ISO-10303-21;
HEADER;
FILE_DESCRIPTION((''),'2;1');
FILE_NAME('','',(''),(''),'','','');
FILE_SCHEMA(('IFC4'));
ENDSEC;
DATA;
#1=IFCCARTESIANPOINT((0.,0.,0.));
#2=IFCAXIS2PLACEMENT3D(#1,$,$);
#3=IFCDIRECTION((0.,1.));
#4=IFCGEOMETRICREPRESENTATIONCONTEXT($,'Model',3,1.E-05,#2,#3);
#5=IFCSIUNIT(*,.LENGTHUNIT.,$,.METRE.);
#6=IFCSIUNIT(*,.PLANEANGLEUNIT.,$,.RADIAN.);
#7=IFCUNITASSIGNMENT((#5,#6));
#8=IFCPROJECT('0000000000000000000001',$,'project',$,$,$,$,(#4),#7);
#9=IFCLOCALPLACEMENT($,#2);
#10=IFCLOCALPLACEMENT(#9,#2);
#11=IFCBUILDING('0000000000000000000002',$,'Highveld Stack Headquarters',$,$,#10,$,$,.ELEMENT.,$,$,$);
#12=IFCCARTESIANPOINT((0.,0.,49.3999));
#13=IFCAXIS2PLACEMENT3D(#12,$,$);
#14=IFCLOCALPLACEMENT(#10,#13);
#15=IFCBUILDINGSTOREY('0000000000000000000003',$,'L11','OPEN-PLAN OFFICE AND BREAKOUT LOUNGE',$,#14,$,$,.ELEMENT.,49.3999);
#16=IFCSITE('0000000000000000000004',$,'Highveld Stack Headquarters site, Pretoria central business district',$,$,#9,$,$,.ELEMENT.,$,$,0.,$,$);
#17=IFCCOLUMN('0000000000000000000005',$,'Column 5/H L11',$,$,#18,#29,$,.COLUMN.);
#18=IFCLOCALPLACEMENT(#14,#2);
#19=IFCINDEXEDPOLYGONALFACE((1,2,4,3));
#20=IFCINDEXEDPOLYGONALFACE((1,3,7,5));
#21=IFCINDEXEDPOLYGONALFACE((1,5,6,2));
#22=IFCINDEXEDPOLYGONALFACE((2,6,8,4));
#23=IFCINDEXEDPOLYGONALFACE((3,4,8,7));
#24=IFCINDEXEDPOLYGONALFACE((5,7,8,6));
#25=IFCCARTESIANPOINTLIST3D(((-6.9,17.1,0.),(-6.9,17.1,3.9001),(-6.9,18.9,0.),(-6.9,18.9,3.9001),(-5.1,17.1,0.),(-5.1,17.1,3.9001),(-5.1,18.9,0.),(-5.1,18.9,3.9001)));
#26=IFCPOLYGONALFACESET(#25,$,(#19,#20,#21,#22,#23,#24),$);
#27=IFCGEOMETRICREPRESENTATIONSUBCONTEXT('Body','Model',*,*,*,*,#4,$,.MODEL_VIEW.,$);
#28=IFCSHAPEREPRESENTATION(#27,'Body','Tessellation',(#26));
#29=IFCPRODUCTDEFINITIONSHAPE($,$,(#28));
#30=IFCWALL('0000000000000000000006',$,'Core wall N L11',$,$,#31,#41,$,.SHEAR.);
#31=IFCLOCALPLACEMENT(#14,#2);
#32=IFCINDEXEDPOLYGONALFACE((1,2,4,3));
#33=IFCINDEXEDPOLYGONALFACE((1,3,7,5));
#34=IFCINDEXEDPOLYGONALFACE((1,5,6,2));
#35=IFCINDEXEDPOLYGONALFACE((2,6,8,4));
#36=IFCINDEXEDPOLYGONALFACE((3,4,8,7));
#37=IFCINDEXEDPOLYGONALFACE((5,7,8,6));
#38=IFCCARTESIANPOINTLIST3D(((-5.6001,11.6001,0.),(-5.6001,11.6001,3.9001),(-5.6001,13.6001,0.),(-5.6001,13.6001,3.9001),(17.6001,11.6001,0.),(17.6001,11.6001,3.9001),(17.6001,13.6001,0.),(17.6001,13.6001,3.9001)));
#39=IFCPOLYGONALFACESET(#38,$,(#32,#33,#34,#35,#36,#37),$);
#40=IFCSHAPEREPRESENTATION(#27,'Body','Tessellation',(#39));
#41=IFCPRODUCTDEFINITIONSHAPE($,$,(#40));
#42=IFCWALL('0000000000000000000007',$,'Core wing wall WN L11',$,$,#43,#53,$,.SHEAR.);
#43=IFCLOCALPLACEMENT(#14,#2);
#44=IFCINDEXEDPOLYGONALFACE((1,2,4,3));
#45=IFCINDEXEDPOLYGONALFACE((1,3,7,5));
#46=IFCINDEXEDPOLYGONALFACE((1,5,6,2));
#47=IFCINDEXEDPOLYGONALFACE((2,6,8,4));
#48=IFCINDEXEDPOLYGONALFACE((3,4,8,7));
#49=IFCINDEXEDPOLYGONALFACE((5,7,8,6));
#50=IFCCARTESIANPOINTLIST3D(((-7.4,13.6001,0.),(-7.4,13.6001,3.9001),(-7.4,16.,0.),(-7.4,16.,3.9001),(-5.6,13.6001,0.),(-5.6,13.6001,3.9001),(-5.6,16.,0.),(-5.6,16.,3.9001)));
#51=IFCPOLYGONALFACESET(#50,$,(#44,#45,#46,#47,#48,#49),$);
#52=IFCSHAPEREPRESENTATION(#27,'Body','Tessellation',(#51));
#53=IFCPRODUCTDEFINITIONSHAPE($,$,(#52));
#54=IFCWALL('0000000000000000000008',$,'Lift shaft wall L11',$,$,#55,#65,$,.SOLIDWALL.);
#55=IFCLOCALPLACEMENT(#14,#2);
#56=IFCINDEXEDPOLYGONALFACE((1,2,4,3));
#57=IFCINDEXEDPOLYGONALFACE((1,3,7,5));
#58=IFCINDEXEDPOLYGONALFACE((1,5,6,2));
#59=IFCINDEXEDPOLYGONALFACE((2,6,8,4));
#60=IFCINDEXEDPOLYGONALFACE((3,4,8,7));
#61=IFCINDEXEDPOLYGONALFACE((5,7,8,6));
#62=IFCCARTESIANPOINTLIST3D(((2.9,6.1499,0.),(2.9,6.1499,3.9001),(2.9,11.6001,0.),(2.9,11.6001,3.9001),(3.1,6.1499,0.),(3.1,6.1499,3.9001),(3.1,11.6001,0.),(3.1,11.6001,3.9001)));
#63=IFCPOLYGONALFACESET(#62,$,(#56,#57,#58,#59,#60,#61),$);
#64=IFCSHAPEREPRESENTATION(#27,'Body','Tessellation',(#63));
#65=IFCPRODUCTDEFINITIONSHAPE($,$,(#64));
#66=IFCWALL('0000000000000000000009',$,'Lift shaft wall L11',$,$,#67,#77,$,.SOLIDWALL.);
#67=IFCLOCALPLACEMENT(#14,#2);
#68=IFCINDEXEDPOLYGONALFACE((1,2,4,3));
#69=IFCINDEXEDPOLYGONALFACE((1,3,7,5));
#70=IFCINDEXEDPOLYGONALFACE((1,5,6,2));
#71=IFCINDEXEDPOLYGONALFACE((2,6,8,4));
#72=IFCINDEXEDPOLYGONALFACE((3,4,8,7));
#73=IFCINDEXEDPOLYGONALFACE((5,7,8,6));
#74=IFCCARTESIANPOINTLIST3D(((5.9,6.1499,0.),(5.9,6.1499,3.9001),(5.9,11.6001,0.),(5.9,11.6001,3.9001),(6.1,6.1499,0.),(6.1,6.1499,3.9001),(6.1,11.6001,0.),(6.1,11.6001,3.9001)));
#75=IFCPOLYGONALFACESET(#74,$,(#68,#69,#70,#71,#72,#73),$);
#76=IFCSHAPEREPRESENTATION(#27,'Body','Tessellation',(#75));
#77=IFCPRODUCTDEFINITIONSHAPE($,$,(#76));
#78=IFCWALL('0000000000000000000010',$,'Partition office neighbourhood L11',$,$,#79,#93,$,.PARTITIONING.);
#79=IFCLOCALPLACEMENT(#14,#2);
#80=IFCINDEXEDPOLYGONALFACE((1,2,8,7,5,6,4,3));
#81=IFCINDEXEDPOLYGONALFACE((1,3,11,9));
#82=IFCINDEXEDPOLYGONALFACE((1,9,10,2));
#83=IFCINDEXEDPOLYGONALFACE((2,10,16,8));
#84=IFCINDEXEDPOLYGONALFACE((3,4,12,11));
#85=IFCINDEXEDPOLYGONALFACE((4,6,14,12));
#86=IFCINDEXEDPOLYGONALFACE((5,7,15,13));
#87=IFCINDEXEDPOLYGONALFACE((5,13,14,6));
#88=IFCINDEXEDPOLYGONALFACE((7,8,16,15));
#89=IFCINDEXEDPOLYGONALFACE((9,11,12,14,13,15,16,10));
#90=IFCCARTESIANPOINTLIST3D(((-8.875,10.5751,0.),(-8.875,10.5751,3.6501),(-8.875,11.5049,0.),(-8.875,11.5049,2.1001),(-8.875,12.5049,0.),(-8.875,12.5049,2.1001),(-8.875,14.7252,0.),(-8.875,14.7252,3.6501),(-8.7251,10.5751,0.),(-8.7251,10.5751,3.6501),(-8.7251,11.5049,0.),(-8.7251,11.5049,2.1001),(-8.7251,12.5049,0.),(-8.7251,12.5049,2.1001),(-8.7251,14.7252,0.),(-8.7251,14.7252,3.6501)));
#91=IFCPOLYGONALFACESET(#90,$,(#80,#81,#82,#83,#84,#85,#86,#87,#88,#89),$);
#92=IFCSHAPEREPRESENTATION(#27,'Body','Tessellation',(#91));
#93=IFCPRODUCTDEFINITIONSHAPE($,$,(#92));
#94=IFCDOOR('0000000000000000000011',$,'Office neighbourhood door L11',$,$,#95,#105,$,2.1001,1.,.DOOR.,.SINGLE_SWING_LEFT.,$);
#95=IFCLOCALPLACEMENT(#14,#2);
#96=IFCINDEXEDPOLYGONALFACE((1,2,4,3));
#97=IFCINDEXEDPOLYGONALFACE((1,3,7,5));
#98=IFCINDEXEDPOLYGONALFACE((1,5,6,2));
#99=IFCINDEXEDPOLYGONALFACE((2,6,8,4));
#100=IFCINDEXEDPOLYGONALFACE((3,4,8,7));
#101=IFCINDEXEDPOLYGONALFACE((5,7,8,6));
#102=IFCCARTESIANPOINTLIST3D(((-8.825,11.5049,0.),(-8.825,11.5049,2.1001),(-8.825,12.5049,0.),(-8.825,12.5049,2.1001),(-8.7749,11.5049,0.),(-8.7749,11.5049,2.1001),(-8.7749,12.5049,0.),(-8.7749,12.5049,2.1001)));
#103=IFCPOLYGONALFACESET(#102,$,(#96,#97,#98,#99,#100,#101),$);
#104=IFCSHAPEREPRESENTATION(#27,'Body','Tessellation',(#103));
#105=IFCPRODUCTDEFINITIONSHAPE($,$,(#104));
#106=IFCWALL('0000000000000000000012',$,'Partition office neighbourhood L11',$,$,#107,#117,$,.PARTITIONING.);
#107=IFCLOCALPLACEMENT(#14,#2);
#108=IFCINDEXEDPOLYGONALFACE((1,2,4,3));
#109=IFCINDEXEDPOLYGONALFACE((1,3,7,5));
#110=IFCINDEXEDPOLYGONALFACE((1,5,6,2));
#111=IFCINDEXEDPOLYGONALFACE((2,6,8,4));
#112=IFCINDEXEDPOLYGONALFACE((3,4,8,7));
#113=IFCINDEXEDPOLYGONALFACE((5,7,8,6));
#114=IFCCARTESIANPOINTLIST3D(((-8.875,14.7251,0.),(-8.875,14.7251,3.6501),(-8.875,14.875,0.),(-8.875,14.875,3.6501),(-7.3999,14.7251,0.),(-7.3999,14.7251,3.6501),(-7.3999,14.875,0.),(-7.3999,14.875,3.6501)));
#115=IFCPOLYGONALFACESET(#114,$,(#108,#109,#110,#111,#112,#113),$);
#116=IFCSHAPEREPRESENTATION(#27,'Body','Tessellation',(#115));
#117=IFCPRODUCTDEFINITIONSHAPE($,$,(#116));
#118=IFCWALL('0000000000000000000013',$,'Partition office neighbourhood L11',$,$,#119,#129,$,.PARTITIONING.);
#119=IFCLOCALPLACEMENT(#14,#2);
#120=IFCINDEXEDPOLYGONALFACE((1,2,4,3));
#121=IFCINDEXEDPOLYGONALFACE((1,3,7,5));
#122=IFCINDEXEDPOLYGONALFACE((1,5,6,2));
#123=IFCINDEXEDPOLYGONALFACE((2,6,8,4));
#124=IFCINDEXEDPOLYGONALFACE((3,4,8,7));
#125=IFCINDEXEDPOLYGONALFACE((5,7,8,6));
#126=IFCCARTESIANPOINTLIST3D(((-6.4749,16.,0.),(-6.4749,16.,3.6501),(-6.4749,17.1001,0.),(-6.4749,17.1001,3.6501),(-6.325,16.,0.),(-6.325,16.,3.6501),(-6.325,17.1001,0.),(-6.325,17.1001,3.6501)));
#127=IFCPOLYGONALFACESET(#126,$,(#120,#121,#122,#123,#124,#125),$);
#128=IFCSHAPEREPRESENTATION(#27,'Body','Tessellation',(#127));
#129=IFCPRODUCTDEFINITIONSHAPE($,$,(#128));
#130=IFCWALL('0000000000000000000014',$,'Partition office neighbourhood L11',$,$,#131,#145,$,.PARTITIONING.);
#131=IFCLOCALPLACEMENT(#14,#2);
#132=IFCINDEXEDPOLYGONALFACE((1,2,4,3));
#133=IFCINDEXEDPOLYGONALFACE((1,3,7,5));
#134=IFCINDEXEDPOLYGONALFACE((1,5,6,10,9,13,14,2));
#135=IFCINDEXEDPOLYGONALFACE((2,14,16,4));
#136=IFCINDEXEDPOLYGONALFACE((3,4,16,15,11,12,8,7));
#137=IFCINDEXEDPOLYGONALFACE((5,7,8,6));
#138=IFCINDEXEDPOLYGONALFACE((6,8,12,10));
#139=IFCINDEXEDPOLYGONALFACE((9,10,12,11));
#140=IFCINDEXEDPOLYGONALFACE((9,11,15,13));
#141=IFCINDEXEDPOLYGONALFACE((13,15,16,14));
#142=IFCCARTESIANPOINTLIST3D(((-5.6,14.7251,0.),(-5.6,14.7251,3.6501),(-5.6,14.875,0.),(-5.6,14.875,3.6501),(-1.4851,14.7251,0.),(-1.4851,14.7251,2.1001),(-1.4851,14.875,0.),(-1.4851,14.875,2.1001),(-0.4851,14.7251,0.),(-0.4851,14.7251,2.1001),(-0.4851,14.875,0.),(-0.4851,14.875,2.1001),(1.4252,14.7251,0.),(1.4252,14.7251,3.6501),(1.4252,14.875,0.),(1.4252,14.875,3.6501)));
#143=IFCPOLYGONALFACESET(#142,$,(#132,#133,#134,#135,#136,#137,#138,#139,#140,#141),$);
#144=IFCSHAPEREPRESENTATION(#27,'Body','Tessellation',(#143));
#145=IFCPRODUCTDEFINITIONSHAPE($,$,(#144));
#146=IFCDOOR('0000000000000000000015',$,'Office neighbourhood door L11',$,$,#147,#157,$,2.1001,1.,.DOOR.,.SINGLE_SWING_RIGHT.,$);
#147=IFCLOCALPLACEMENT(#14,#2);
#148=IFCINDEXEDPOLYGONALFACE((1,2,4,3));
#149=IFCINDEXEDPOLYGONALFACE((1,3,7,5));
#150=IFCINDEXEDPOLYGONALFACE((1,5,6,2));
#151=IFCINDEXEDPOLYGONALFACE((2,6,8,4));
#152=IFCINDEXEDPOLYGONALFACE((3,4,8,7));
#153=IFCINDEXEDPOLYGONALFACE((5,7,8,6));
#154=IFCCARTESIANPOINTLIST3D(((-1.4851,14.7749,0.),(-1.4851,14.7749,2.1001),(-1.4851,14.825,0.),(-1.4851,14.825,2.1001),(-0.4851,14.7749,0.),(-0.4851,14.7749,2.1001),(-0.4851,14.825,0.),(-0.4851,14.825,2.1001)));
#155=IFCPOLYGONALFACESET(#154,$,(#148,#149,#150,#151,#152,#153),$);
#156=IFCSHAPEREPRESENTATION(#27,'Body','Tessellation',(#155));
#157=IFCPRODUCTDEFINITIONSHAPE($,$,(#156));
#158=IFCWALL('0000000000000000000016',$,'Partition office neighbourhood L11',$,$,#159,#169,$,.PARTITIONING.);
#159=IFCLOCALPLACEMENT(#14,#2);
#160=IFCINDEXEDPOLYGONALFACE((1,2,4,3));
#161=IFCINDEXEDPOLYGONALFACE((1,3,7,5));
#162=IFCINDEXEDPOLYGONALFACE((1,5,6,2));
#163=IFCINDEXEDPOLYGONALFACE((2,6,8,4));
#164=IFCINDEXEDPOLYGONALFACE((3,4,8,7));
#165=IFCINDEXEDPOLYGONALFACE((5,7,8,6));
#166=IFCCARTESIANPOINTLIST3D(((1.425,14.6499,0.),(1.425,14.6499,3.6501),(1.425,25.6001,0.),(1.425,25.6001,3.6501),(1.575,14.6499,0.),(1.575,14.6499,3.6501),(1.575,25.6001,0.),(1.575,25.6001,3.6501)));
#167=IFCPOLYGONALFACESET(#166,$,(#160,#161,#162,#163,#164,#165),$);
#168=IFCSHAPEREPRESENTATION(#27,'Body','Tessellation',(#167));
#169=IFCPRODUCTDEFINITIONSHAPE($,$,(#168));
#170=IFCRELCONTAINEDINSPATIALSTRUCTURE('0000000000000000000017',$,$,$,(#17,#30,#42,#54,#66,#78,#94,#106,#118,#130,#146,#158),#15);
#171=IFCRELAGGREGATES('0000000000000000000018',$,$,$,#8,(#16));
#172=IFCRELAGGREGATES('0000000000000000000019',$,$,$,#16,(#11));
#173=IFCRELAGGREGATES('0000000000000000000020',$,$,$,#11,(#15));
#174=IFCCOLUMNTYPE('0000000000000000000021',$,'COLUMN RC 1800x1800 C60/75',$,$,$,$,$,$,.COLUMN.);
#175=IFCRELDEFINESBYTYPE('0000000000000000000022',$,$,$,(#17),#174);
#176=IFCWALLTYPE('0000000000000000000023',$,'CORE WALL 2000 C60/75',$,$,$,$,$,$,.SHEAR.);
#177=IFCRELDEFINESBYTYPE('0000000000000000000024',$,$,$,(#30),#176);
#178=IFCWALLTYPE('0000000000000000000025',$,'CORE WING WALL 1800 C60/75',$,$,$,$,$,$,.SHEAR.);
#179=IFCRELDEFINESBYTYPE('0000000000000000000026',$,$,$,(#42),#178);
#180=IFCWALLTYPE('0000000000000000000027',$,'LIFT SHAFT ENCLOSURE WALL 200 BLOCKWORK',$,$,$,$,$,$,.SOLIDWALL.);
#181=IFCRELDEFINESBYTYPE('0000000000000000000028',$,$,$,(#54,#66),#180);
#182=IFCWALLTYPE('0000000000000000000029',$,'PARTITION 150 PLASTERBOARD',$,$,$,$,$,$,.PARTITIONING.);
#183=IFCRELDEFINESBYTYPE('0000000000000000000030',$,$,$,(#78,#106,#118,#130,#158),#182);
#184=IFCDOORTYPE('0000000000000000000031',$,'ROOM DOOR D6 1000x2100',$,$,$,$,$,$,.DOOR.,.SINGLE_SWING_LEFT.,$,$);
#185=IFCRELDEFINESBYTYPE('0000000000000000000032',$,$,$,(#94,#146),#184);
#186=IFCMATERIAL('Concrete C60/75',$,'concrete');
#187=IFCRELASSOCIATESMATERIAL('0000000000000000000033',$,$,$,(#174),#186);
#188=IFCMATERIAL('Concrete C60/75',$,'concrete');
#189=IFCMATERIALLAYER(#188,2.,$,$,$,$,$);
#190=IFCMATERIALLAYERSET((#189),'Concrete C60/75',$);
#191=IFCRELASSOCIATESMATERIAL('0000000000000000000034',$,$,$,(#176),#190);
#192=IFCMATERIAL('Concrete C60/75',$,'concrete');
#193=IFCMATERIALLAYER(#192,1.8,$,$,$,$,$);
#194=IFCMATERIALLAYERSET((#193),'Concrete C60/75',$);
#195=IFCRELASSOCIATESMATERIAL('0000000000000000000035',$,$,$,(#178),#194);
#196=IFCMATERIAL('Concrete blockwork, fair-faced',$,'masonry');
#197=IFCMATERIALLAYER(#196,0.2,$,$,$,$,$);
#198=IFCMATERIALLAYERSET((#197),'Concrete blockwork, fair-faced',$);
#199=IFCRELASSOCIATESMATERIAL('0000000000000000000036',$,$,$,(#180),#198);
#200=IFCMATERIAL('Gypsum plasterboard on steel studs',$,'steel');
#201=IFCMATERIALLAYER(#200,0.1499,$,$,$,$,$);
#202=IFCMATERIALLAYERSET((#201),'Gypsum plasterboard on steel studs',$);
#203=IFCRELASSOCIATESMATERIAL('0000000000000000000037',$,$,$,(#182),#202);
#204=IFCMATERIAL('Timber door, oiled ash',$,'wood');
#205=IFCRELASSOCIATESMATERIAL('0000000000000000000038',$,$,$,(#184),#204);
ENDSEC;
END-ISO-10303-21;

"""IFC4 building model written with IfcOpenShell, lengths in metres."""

from ifc_helpers import new_model, si_unit, direction, frame, frame_2d, origin, origin_2d, place, context, subcontext, project, spatial, rectangle, extrude, material, layer, layer_set, material_profile, profile_set, type_object, element, fill, save


model = new_model("IFC4")

# Units and contexts
model_context = context("Model", 3, precision=1e-05, world=origin(), true_north=direction((0.0, 1.0)))
body_context = subcontext(model_context, "Body", "Model", "MODEL_VIEW")
ifc_project = project(units=[si_unit("LENGTHUNIT", "METRE"), si_unit("PLANEANGLEUNIT", "RADIAN")], contexts=[model_context])

# Site, building, storey
site_placement = place(None, origin())
site = spatial("IfcSite", under=ifc_project, at=site_placement, Name="Highveld Stack Headquarters site, Pretoria central business district", CompositionType="ELEMENT", RefElevation=0.0)
building_placement = place(site_placement, origin())
building = spatial("IfcBuilding", under=site, at=building_placement, Name="Highveld Stack Headquarters", CompositionType="ELEMENT")
storey_placement = place(building_placement, frame((0.0, 0.0, 49.3999)))
storey = spatial("IfcBuildingStorey", under=building, at=storey_placement, Name="L11", Description="OPEN-PLAN OFFICE AND BREAKOUT LOUNGE", CompositionType="ELEMENT", Elevation=49.3999)

# Column
ifc_material_1 = material(Name="Concrete C60/75", Category="concrete")
ifc_material_profile = material_profile(ifc_material_1, rectangle(XDim=1.8, YDim=1.8, at=origin_2d()), Name="RC 1800x1800")
ifc_profile_set = profile_set([ifc_material_profile], Name="Concrete C60/75")
column_type = type_object("IfcColumnType", Name="COLUMN RC 1800x1800 C60/75", PredefinedType="COLUMN", material=ifc_profile_set)
column_placement = place(storey_placement, frame((-6.0, 18.0, 0.0), z_axis=(0.0, 0.0, 1.0), x_axis=(1.0, 0.0, 0.0)))
element("IfcColumn", 1, at=column_placement, inside=storey, type_object=column_type, Name="Column 5/H L11", PredefinedType="COLUMN", context=body_context, shape_type="SweptSolid", body=[
    extrude(rectangle(XDim=1.8, YDim=1.8, at=origin_2d()), origin(), (0.0, 0.0, 1.0), 3.9001),
])

# Walls
ifc_material_2 = material(Name="Concrete C60/75", Category="concrete")
ifc_layer_1 = layer(ifc_material_2, 2.0)
ifc_layer_set_1 = layer_set([ifc_layer_1], Name="Concrete C60/75")
wall_type_1 = type_object("IfcWallType", Name="CORE WALL 2000 C60/75", PredefinedType="SHEAR", material=ifc_layer_set_1)
wall_1_placement = place(storey_placement, frame((-5.6001, 12.6001, 0.0), z_axis=(0.0, 0.0, 1.0), x_axis=(1.0, 0.0, 0.0)))
element("IfcWall", 2, at=wall_1_placement, inside=storey, type_object=wall_type_1, Name="Core wall N L11", PredefinedType="SHEAR", context=body_context, shape_type="SweptSolid", body=[
    extrude(rectangle(XDim=23.2002, YDim=2.0, at=frame_2d((11.6001, 0.0))), origin(), (0.0, 0.0, 1.0), 3.9001),
])
ifc_material_3 = material(Name="Concrete C60/75", Category="concrete")
ifc_layer_2 = layer(ifc_material_3, 1.8)
ifc_layer_set_2 = layer_set([ifc_layer_2], Name="Concrete C60/75")
wall_type_2 = type_object("IfcWallType", Name="CORE WING WALL 1800 C60/75", PredefinedType="SHEAR", material=ifc_layer_set_2)
wall_2_placement = place(storey_placement, frame((-6.5, 13.6001, 0.0), z_axis=(0.0, 0.0, 1.0), x_axis=(0.0, 1.0, 0.0)))
element("IfcWall", 3, at=wall_2_placement, inside=storey, type_object=wall_type_2, Name="Core wing wall WN L11", PredefinedType="SHEAR", context=body_context, shape_type="SweptSolid", body=[
    extrude(rectangle(XDim=2.3999, YDim=1.8, at=frame_2d((1.2, 0.0))), origin(), (0.0, 0.0, 1.0), 3.9001),
])
ifc_material_4 = material(Name="Concrete blockwork, fair-faced", Category="masonry")
ifc_layer_3 = layer(ifc_material_4, 0.2)
ifc_layer_set_3 = layer_set([ifc_layer_3], Name="Concrete blockwork, fair-faced")
wall_type_3 = type_object("IfcWallType", Name="LIFT SHAFT ENCLOSURE WALL 200 BLOCKWORK", PredefinedType="SOLIDWALL", material=ifc_layer_set_3)
for number, where, z_axis, x_axis, name in (
    (4, (3.0, 6.1499, 0.0), (0.0, 0.0, 1.0), (0.0, 1.0, 0.0), "Lift shaft wall L11"),
    (5, (6.0, 6.1499, 0.0), (0.0, 0.0, 1.0), (0.0, 1.0, 0.0), "Lift shaft wall L11"),
):
    element("IfcWall", number, at=place(storey_placement, frame(where, z_axis=z_axis, x_axis=x_axis)), inside=storey, type_object=wall_type_3, Name=name, PredefinedType="SOLIDWALL", context=body_context, shape_type="SweptSolid", body=[
        extrude(rectangle(XDim=5.4502, YDim=0.2, at=frame_2d((2.7251, 0.0))), origin(), (0.0, 0.0, 1.0), 3.9001),
    ])

# Wall, opening, door
ifc_material_5 = material(Name="Gypsum plasterboard on steel studs", Category="steel")
ifc_layer_4 = layer(ifc_material_5, 0.1499)
ifc_layer_set_4 = layer_set([ifc_layer_4], Name="Gypsum plasterboard on steel studs")
wall_type_4 = type_object("IfcWallType", Name="PARTITION 150 PLASTERBOARD", PredefinedType="PARTITIONING", material=ifc_layer_set_4)
wall_3_placement = place(storey_placement, frame((-8.8, 10.575, 0.0), z_axis=(0.0, 0.0, 1.0), x_axis=(0.0, 1.0, 0.0)))
wall_3 = element("IfcWall", 6, at=wall_3_placement, inside=storey, type_object=wall_type_4, Name="Partition office neighbourhood L11", PredefinedType="PARTITIONING", context=body_context, shape_type="SweptSolid", body=[
    extrude(rectangle(XDim=4.1501, YDim=0.1499, at=frame_2d((2.0752, 0.0))), origin(), (0.0, 0.0, 1.0), 3.6501),
])
opening_1_placement = place(wall_3_placement, frame((0.9299, 0.0, 0.0)))
opening_1 = element("IfcOpeningElement", 7, at=opening_1_placement, cuts=wall_3, PredefinedType="OPENING", context=body_context, shape_type="SweptSolid", body=[
    extrude(rectangle(XDim=1.0, YDim=2.1001, at=frame_2d((0.5, 1.05))), frame((0.0, 0.085, 0.0), z_axis=(0.0, -1.0, 0.0), x_axis=(1.0, 0.0, 0.0)), (0.0, 0.0, 1.0), 0.1699),
])
ifc_material_6 = material(Name="Timber door, oiled ash", Category="wood")
door_type = type_object("IfcDoorType", Name="ROOM DOOR D6 1000x2100", OperationType="SINGLE_SWING_LEFT", PredefinedType="DOOR", material=ifc_material_6)
door_1_placement = place(opening_1_placement, origin())
door_1 = element("IfcDoor", 8, at=door_1_placement, inside=storey, type_object=door_type, Name="Office neighbourhood door L11", OperationType="SINGLE_SWING_LEFT", OverallHeight=2.1001, OverallWidth=1.0, PredefinedType="DOOR", context=body_context, shape_type="SweptSolid", body=[
    extrude(rectangle(XDim=1.0, YDim=2.1001, at=frame_2d((0.5, 1.05))), frame((0.0, 0.0249, 0.0), z_axis=(0.0, -1.0, 0.0), x_axis=(1.0, 0.0, 0.0)), (0.0, 0.0, 1.0), 0.05),
])
fill(opening_1, door_1)

# Walls
wall_4_placement = place(storey_placement, frame((-8.875, 14.8, 0.0), z_axis=(0.0, 0.0, 1.0), x_axis=(1.0, 0.0, 0.0)))
element("IfcWall", 9, at=wall_4_placement, inside=storey, type_object=wall_type_4, Name="Partition office neighbourhood L11", PredefinedType="PARTITIONING", context=body_context, shape_type="SweptSolid", body=[
    extrude(rectangle(XDim=1.4751, YDim=0.1499, at=frame_2d((0.7375, 0.0))), origin(), (0.0, 0.0, 1.0), 3.6501),
])
wall_5_placement = place(storey_placement, frame((-6.3999, 16.0, 0.0), z_axis=(0.0, 0.0, 1.0), x_axis=(0.0, 1.0, 0.0)))
element("IfcWall", 10, at=wall_5_placement, inside=storey, type_object=wall_type_4, Name="Partition office neighbourhood L11", PredefinedType="PARTITIONING", context=body_context, shape_type="SweptSolid", body=[
    extrude(rectangle(XDim=1.1001, YDim=0.1499, at=frame_2d((0.55, 0.0))), origin(), (0.0, 0.0, 1.0), 3.6501),
])

# Wall, opening, door
wall_6_placement = place(storey_placement, frame((-5.6001, 14.8, 0.0), z_axis=(0.0, 0.0, 1.0), x_axis=(1.0, 0.0, 0.0)))
wall_6 = element("IfcWall", 11, at=wall_6_placement, inside=storey, type_object=wall_type_4, Name="Partition office neighbourhood L11", PredefinedType="PARTITIONING", context=body_context, shape_type="SweptSolid", body=[
    extrude(rectangle(XDim=7.0251, YDim=0.1499, at=frame_2d((3.5127, 0.0))), origin(), (0.0, 0.0, 1.0), 3.6501),
])
opening_2_placement = place(wall_6_placement, frame((4.115, 0.0, 0.0)))
opening_2 = element("IfcOpeningElement", 12, at=opening_2_placement, cuts=wall_6, PredefinedType="OPENING", context=body_context, shape_type="SweptSolid", body=[
    extrude(rectangle(XDim=1.0, YDim=2.1001, at=frame_2d((0.5, 1.05))), frame((0.0, 0.085, 0.0), z_axis=(0.0, -1.0, 0.0), x_axis=(1.0, 0.0, 0.0)), (0.0, 0.0, 1.0), 0.1699),
])
door_2_placement = place(opening_2_placement, origin())
door_2 = element("IfcDoor", 13, at=door_2_placement, inside=storey, type_object=door_type, Name="Office neighbourhood door L11", OperationType="SINGLE_SWING_RIGHT", OverallHeight=2.1001, OverallWidth=1.0, PredefinedType="DOOR", context=body_context, shape_type="SweptSolid", body=[
    extrude(rectangle(XDim=1.0, YDim=2.1001, at=frame_2d((0.5, 1.05))), frame((0.0, 0.0249, 0.0), z_axis=(0.0, -1.0, 0.0), x_axis=(1.0, 0.0, 0.0)), (0.0, 0.0, 1.0), 0.05),
])
fill(opening_2, door_2)

# Wall
wall_7_placement = place(storey_placement, frame((1.5, 14.6499, 0.0), z_axis=(0.0, 0.0, 1.0), x_axis=(0.0, 1.0, 0.0)))
element("IfcWall", 14, at=wall_7_placement, inside=storey, type_object=wall_type_4, Name="Partition office neighbourhood L11", PredefinedType="PARTITIONING", context=body_context, shape_type="SweptSolid", body=[
    extrude(rectangle(XDim=10.9502, YDim=0.1499, at=frame_2d((5.4751, 0.0))), origin(), (0.0, 0.0, 1.0), 3.6501),
])

save(model, "model.ifc")
